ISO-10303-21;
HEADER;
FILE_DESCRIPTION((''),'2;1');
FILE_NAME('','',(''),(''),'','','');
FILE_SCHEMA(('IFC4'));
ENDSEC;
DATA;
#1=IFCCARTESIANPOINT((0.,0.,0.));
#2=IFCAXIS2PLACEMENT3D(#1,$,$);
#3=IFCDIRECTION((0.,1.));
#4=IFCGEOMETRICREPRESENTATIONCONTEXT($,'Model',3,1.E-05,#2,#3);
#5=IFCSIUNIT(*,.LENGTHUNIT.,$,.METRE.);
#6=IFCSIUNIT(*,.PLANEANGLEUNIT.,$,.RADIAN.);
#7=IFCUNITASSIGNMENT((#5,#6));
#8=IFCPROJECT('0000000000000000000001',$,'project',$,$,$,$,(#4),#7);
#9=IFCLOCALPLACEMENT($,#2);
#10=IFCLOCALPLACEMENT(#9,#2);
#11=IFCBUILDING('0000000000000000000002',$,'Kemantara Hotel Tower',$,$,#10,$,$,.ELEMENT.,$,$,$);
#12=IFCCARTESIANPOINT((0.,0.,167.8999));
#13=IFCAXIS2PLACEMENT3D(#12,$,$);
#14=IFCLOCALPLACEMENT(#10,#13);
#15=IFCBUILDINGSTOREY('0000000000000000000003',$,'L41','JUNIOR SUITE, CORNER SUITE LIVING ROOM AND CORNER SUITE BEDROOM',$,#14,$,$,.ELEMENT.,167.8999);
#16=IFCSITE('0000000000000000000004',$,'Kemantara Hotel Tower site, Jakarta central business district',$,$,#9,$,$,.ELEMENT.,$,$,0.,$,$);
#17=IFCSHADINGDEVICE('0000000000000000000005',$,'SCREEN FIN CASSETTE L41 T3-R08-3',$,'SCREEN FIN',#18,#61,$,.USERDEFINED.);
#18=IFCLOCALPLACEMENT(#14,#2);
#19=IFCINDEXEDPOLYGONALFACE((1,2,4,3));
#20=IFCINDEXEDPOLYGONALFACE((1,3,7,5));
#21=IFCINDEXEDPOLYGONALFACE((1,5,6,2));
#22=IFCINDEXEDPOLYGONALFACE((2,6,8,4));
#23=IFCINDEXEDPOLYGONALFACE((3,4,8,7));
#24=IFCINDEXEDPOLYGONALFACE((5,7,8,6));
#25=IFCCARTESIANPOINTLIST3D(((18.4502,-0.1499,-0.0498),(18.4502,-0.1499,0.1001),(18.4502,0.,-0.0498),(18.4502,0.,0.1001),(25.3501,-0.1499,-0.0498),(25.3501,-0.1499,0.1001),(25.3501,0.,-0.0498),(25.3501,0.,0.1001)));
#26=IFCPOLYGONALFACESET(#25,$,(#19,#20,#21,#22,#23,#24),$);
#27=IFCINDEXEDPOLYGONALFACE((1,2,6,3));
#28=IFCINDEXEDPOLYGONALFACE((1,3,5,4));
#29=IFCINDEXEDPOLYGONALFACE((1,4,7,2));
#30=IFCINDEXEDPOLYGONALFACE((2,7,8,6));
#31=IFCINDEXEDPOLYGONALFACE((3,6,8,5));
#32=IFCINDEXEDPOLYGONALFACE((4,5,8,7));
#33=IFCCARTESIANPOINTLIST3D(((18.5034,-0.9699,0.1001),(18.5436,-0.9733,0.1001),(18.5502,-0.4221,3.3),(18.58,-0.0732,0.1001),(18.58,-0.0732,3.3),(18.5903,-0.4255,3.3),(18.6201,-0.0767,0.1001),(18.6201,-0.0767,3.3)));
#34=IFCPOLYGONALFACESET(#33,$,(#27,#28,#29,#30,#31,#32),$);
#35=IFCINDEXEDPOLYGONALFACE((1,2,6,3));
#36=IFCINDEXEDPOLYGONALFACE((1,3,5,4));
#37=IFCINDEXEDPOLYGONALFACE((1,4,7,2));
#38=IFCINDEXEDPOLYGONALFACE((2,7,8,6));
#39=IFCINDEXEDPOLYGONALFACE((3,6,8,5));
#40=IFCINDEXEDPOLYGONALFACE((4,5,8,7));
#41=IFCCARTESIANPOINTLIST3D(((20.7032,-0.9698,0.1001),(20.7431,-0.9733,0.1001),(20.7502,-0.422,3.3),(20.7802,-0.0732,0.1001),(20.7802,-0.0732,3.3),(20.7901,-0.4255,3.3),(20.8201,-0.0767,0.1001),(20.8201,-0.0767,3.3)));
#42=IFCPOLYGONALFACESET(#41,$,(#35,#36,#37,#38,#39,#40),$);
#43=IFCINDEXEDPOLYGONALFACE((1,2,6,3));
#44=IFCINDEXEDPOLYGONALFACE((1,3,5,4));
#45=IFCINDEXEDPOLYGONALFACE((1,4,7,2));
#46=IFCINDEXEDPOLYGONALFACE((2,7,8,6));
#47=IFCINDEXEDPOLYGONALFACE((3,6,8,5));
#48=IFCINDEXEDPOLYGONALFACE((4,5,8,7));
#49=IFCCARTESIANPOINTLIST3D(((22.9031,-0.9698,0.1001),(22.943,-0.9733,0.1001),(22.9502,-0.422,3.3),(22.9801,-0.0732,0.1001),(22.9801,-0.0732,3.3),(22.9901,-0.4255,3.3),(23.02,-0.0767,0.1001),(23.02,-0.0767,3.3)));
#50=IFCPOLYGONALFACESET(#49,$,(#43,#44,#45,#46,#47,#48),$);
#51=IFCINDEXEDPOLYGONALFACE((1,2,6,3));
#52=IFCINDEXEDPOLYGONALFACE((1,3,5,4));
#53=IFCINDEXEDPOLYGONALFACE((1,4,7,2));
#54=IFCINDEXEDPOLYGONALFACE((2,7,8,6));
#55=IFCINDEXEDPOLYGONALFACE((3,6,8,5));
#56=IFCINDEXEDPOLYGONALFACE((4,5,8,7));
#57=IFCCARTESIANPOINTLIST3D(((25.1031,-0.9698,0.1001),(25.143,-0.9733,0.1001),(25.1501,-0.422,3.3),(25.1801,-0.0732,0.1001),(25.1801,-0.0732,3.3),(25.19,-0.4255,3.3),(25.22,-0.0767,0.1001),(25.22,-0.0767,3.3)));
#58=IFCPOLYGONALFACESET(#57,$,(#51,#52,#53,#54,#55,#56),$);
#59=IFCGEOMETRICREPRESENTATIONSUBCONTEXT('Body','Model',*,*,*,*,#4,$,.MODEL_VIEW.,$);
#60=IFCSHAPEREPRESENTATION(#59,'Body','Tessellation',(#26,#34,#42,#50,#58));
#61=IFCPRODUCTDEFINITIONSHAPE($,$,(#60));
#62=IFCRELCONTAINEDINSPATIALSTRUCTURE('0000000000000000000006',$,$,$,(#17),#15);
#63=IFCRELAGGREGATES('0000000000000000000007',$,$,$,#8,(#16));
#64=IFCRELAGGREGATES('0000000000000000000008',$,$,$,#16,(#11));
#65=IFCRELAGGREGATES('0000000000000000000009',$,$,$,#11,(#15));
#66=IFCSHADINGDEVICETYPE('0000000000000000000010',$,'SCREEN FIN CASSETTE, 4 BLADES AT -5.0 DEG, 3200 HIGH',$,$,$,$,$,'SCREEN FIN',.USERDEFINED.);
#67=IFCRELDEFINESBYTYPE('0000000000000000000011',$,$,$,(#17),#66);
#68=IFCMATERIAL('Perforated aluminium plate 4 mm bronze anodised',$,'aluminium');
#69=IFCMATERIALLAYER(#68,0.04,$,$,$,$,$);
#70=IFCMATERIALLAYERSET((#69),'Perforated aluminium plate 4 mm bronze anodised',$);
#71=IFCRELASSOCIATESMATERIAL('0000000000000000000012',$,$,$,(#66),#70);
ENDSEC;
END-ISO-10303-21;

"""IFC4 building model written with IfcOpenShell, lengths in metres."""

from ifc_helpers import new_model, si_unit, direction, frame, origin, origin_2d, place, context, subcontext, project, spatial, polyline, rectangle, outline, extrude, source, transform, mapped, material, layer, layer_set, type_object, element, save


model = new_model("IFC4")

# Units and contexts
model_context = context("Model", 3, precision=1e-05, world=origin(), true_north=direction((0.0, 1.0)))
body_context = subcontext(model_context, "Body", "Model", "MODEL_VIEW")
ifc_project = project(units=[si_unit("LENGTHUNIT", "METRE"), si_unit("PLANEANGLEUNIT", "RADIAN")], contexts=[model_context])

# Site, building, storey
site_placement = place(None, origin())
site = spatial("IfcSite", under=ifc_project, at=site_placement, Name="Kemantara Hotel Tower site, Jakarta central business district", CompositionType="ELEMENT", RefElevation=0.0)
building_placement = place(site_placement, origin())
building = spatial("IfcBuilding", under=site, at=building_placement, Name="Kemantara Hotel Tower", CompositionType="ELEMENT")
storey_placement = place(building_placement, frame((0.0, 0.0, 167.8999)))
storey = spatial("IfcBuildingStorey", under=building, at=storey_placement, Name="L41", Description="JUNIOR SUITE, CORNER SUITE LIVING ROOM AND CORNER SUITE BEDROOM", CompositionType="ELEMENT", Elevation=167.8999)

# Shading device
ifc_material_1 = material(Name="Perforated aluminium plate 4 mm bronze anodised", Category="aluminium")
ifc_layer_1 = layer(ifc_material_1, 0.04)
ifc_layer_set_1 = layer_set([ifc_layer_1], Name="Perforated aluminium plate 4 mm bronze anodised")
shading_device_type = type_object("IfcShadingDeviceType", Name="SCREEN FIN CASSETTE, 4 BLADES AT -5.0 DEG, 3200 HIGH", ElementType="SCREEN FIN", PredefinedType="USERDEFINED", material=ifc_layer_set_1)
shared_shape = source(origin(), body_context, "Body", "SweptSolid", [
    extrude(rectangle(XDim=6.8999, YDim=0.1499, at=origin_2d()), frame((3.3, -0.075, -0.1499), z_axis=(0.0, 0.0, 1.0), x_axis=(1.0, 0.0, 0.0)), (0.0, 0.0, 1.0), 0.1499),
    extrude(outline(polyline([(0.0, 0.0), (0.8999, 0.0), (0.3501, 3.2), (0.0, 3.2), (0.0, 0.0)])), frame((0.02, -0.0767, 0.0), z_axis=(-0.996376, 0.085056, 0.0), x_axis=(-0.085056, -0.996376, 0.0)), (0.0, 0.0, 1.0), 0.0403),
    extrude(outline(polyline([(0.0, 0.0), (0.8999, 0.0), (0.3501, 3.2), (0.0, 3.2), (0.0, 0.0)])), frame((2.22, -0.0767, 0.0), z_axis=(-0.996332, 0.085575, 0.0), x_axis=(-0.085575, -0.996332, 0.0)), (0.0, 0.0, 1.0), 0.04),
    extrude(outline(polyline([(0.0, 0.0), (0.8999, 0.0), (0.3501, 3.2), (0.0, 3.2), (0.0, 0.0)])), frame((4.4199, -0.0767, 0.0), z_axis=(-0.996332, 0.085575, 0.0), x_axis=(-0.085575, -0.996332, 0.0)), (0.0, 0.0, 1.0), 0.04),
    extrude(outline(polyline([(0.0, 0.0), (0.8999, 0.0), (0.3501, 3.2), (0.0, 3.2), (0.0, 0.0)])), frame((6.6199, -0.0767, 0.0), z_axis=(-0.996332, 0.085575, 0.0), x_axis=(-0.085575, -0.996332, 0.0)), (0.0, 0.0, 1.0), 0.04),
])
shading_device_placement = place(storey_placement, frame((18.6001, 0.0, 0.1001), z_axis=(0.0, 0.0, 1.0), x_axis=(1.0, 0.0, 0.0)))
element("IfcShadingDevice", 1, at=shading_device_placement, inside=storey, type_object=shading_device_type, Name="SCREEN FIN CASSETTE L41 T3-R08-3", ObjectType="SCREEN FIN", PredefinedType="USERDEFINED", context=body_context, shape_type="MappedRepresentation", body=[
    mapped(shared_shape, transform((0.0, 0.0, 0.0))),
])

save(model, "model.ifc")
